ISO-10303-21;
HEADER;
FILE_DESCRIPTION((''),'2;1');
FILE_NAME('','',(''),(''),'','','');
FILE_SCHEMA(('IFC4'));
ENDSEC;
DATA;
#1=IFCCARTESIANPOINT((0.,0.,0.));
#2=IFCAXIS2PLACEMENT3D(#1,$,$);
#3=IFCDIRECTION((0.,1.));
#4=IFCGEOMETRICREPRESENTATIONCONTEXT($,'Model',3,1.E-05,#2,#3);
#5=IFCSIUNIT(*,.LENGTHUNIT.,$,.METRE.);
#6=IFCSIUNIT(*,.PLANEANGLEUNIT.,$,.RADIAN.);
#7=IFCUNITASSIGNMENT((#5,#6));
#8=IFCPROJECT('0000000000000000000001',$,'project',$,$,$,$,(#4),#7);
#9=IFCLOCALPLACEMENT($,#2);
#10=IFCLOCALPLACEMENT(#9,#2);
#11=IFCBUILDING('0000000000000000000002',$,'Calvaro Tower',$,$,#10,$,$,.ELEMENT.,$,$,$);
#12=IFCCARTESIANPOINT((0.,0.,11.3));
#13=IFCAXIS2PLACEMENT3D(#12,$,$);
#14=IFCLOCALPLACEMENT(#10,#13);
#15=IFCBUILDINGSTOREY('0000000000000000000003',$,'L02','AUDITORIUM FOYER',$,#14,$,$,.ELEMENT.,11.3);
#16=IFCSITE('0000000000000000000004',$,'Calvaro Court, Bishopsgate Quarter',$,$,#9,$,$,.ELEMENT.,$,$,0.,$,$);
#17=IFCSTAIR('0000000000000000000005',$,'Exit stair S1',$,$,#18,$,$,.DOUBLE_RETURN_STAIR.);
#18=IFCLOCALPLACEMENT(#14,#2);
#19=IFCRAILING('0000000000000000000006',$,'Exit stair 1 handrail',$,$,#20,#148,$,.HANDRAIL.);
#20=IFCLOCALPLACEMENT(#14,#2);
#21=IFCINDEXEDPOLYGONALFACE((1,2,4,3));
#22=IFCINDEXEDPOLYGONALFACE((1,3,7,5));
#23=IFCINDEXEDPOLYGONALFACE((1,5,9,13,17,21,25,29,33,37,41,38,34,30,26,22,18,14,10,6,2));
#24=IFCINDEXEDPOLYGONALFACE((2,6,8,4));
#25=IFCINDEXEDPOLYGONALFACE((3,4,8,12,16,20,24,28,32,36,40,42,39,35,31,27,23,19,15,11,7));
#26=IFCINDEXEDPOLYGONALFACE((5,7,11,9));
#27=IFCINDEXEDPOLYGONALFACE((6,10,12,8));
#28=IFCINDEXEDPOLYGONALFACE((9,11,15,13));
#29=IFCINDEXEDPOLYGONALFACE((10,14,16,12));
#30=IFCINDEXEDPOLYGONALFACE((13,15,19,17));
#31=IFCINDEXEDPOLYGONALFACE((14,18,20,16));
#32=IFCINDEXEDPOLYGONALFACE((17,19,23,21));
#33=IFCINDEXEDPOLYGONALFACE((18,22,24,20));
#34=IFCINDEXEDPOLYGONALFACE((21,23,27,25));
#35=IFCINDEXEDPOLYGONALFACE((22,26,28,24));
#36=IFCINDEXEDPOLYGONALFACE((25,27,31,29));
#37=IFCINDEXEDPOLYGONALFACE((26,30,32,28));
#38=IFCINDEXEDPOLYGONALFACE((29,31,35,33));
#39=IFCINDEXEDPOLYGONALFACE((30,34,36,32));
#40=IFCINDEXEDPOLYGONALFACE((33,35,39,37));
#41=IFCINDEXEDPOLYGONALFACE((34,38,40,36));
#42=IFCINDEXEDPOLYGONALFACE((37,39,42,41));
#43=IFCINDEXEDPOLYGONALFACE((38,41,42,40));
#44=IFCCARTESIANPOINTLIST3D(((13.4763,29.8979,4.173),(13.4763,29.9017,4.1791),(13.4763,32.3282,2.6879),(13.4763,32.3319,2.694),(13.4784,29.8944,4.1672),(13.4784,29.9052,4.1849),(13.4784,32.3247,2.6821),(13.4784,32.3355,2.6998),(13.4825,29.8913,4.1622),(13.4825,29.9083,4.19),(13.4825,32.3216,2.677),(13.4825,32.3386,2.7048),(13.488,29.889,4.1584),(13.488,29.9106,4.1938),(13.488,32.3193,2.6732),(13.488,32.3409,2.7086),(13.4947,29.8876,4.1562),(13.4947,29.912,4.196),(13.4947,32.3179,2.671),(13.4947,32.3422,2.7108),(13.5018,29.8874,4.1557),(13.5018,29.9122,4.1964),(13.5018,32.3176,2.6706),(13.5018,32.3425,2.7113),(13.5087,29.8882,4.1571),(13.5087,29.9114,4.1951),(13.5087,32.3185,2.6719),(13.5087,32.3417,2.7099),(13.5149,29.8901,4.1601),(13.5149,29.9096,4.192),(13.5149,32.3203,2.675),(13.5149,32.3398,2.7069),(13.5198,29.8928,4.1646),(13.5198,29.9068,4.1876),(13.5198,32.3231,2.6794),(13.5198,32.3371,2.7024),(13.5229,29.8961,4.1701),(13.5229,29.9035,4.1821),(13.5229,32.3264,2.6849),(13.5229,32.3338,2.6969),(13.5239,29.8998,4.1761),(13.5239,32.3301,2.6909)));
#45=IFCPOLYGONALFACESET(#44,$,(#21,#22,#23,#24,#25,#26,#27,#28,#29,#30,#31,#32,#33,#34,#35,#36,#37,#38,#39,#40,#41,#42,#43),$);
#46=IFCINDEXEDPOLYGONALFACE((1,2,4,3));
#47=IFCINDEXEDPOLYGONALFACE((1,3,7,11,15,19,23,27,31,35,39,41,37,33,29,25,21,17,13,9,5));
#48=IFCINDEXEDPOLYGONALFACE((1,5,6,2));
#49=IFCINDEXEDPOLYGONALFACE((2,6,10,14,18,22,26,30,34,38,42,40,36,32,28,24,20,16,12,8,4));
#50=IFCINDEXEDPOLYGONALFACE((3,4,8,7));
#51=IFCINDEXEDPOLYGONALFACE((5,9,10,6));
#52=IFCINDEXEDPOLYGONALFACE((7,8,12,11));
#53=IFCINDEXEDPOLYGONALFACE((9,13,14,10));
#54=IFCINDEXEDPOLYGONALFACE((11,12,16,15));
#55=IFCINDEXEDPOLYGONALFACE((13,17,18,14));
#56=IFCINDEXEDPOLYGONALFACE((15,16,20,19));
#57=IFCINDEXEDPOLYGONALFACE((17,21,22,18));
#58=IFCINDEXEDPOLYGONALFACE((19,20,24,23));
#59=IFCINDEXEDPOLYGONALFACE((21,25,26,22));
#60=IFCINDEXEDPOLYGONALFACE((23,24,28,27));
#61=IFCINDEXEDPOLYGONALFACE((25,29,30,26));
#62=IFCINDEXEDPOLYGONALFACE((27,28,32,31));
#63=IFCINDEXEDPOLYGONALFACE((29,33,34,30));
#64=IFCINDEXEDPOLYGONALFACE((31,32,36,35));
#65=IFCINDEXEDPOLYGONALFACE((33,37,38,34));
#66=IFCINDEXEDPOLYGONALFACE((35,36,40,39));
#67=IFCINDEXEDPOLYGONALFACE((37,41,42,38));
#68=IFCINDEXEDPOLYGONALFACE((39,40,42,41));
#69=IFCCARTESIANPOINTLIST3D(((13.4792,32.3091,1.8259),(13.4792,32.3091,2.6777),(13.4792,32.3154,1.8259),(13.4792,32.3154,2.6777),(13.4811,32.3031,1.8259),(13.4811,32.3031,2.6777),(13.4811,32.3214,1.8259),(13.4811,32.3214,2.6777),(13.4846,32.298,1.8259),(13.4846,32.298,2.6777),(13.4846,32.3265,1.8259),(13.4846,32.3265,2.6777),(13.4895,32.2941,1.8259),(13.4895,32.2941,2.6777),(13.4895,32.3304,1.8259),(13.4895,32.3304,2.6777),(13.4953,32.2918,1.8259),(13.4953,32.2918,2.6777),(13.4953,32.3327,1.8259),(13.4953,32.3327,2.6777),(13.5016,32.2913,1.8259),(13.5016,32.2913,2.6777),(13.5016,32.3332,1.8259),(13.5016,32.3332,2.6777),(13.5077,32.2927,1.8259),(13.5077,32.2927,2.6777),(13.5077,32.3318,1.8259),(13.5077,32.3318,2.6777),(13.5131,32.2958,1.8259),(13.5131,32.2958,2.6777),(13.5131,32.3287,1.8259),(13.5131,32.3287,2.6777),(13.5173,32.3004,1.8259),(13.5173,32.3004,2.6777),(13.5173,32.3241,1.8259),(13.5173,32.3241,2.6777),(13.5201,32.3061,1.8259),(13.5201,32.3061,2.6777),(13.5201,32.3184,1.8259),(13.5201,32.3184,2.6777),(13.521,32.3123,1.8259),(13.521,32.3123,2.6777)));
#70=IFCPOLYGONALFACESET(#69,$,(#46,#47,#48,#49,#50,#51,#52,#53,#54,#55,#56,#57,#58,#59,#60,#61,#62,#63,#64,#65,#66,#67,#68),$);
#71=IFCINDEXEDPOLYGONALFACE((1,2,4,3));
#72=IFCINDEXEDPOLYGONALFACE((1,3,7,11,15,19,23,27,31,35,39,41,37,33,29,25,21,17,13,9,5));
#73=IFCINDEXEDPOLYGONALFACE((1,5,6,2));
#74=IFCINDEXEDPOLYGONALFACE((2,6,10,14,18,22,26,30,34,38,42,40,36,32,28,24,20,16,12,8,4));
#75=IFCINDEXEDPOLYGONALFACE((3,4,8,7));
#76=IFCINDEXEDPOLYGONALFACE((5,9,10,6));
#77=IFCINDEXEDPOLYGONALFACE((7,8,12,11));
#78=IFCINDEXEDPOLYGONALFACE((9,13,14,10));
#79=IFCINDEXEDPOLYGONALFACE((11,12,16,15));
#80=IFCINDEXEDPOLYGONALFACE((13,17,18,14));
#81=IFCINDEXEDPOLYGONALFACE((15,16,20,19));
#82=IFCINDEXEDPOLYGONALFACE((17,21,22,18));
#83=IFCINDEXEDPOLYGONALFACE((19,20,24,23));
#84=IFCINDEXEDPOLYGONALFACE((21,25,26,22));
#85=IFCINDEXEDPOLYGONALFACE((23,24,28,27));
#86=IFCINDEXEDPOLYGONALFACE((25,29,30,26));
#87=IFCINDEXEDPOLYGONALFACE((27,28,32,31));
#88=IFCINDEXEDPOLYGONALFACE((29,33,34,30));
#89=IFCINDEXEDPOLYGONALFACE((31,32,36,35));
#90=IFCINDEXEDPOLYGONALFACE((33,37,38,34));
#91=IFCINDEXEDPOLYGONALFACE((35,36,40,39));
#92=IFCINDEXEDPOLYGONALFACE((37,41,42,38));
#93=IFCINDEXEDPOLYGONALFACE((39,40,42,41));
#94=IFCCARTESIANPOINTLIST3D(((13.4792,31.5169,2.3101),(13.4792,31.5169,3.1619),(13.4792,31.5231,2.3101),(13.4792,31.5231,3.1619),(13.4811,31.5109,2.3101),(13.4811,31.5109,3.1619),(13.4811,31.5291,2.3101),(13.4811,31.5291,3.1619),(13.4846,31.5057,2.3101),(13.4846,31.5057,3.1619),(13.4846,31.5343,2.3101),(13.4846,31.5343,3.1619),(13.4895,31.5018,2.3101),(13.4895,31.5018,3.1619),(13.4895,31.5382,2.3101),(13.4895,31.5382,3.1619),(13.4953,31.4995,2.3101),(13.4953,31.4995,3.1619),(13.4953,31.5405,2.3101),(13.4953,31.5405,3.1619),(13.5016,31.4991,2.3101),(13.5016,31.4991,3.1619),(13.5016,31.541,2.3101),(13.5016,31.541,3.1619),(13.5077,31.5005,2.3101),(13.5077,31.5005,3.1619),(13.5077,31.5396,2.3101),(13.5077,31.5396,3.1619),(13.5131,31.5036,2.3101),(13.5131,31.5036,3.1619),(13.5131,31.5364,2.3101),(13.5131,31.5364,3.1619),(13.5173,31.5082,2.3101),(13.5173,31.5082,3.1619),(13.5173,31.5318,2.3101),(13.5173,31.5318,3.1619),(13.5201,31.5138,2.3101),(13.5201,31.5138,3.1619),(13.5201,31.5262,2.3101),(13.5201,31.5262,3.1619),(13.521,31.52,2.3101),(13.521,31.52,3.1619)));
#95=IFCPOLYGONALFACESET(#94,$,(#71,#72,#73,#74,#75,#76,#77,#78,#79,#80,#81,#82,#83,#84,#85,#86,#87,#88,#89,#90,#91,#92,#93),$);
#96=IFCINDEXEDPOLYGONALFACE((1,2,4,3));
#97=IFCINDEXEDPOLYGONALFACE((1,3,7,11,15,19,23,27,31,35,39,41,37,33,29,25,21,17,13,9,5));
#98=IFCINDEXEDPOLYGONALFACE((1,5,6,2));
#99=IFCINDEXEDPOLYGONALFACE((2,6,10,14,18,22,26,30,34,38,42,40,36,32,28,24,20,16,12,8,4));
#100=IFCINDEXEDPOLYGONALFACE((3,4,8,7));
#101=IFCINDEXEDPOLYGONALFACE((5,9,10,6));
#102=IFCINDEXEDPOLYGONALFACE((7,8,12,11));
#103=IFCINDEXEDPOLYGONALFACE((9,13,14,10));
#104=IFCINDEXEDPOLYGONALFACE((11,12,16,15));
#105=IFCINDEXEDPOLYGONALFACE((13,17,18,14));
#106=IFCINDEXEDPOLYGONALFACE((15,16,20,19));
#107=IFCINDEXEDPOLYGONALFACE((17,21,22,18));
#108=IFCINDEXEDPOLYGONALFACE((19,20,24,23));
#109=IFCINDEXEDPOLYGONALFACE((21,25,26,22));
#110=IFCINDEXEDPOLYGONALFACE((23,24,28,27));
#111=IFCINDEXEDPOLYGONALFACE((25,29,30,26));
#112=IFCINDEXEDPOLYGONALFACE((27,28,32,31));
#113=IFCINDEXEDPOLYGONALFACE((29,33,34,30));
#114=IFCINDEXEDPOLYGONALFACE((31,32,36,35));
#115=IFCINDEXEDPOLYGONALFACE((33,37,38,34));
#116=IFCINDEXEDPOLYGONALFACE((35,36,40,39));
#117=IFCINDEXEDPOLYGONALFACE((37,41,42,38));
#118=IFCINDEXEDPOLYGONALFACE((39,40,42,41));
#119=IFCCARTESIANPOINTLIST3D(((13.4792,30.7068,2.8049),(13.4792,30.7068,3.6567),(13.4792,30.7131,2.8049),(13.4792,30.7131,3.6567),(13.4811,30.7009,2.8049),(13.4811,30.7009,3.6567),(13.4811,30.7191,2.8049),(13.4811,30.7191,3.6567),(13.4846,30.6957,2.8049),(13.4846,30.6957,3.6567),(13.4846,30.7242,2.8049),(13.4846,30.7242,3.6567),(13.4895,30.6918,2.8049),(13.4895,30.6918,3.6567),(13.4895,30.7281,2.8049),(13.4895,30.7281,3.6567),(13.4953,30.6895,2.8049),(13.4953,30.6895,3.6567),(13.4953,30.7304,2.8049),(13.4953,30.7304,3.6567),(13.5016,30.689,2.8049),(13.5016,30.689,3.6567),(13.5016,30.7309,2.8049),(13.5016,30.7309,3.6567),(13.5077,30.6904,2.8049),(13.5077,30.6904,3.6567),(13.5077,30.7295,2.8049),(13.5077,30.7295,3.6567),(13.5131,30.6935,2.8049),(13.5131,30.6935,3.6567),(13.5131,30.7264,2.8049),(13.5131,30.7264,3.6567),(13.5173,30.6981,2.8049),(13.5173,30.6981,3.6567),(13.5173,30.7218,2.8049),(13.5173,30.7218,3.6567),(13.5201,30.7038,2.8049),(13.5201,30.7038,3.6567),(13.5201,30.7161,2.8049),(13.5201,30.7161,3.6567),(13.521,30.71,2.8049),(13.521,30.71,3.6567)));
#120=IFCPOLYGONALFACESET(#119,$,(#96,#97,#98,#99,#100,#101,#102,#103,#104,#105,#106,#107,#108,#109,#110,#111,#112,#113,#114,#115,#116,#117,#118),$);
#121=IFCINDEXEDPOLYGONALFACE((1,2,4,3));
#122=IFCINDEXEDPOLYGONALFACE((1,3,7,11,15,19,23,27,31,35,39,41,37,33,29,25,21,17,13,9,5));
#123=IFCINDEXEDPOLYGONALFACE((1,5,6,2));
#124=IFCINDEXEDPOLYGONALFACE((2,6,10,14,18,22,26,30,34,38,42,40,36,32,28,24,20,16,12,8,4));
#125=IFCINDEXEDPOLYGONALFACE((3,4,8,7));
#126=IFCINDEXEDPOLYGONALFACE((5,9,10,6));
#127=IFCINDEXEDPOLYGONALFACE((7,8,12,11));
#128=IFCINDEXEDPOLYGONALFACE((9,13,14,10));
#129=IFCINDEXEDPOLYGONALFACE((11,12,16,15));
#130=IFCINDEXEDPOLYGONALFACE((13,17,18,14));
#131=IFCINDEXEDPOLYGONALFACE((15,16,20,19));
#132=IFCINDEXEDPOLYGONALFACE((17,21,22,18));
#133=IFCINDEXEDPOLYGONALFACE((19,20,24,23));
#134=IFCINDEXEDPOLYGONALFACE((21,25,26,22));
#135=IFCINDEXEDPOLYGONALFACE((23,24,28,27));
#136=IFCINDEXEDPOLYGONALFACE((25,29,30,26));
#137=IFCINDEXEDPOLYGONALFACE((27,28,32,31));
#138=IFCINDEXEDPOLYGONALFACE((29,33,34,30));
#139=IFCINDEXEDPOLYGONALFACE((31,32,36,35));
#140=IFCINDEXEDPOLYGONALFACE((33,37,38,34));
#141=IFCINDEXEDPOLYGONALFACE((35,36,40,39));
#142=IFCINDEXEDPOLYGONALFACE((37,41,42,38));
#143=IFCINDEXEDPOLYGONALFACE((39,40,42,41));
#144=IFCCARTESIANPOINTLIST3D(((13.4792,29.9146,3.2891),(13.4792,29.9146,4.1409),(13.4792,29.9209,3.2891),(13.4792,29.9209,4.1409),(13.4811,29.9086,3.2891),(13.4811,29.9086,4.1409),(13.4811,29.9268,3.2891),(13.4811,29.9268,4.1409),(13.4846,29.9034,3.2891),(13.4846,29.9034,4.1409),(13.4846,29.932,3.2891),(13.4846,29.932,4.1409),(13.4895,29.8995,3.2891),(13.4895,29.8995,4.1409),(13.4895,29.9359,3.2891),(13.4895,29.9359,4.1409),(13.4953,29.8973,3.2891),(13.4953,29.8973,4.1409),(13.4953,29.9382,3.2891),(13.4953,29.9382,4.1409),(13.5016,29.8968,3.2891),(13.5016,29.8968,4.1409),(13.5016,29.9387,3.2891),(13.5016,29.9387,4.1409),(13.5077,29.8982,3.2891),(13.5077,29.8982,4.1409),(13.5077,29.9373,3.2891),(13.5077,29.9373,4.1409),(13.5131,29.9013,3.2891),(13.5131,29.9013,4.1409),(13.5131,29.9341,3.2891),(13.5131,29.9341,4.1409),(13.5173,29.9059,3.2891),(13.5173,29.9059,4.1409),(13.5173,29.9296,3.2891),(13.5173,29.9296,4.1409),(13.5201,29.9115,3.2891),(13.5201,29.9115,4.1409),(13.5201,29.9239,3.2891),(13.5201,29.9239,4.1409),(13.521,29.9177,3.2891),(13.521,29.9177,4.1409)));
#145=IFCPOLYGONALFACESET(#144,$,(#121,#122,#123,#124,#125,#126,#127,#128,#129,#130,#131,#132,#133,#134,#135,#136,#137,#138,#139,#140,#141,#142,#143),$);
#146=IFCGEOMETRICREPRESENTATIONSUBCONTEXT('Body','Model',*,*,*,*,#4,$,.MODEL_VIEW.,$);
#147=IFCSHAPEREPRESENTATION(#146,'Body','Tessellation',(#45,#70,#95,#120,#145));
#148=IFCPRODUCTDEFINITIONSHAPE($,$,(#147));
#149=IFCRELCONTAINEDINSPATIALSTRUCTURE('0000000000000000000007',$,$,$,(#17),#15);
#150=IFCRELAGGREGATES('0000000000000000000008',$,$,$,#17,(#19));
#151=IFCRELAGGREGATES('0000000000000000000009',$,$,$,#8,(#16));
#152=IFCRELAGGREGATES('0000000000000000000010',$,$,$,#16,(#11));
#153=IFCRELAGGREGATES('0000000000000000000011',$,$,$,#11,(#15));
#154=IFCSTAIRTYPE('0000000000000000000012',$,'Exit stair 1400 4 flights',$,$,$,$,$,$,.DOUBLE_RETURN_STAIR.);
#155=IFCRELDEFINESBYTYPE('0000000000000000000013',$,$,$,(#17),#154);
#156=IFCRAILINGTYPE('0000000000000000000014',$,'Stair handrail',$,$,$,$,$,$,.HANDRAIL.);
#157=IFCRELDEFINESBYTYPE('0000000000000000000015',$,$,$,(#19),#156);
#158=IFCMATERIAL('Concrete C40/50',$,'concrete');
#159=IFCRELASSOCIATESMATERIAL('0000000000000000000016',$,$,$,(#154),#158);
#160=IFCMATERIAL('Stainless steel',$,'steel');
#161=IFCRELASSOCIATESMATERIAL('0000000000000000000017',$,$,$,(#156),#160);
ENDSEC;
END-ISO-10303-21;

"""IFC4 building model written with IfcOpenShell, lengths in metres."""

from ifc_helpers import new_model, si_unit, direction, frame, origin, origin_2d, place, context, subcontext, project, spatial, circle, extrude, material, type_object, element, aggregate, save


model = new_model("IFC4")

# Units and contexts
model_context = context("Model", 3, precision=1e-05, world=origin(), true_north=direction((0.0, 1.0)))
body_context = subcontext(model_context, "Body", "Model", "MODEL_VIEW")
ifc_project = project(units=[si_unit("LENGTHUNIT", "METRE"), si_unit("PLANEANGLEUNIT", "RADIAN")], contexts=[model_context])

# Site, building, storey
site_placement = place(None, origin())
site = spatial("IfcSite", under=ifc_project, at=site_placement, Name="Calvaro Court, Bishopsgate Quarter", CompositionType="ELEMENT", RefElevation=0.0)
building_placement = place(site_placement, origin())
building = spatial("IfcBuilding", under=site, at=building_placement, Name="Calvaro Tower", CompositionType="ELEMENT")
storey_placement = place(building_placement, frame((0.0, 0.0, 11.3)))
storey = spatial("IfcBuildingStorey", under=building, at=storey_placement, Name="L02", Description="AUDITORIUM FOYER", CompositionType="ELEMENT", Elevation=11.3)

# Stair, railing
ifc_material_1 = material(Name="Concrete C40/50", Category="concrete")
stair_type = type_object("IfcStairType", Name="Exit stair 1400 4 flights", PredefinedType="DOUBLE_RETURN_STAIR", material=ifc_material_1)
stair_placement = place(storey_placement, origin())
stair = element("IfcStair", 1, at=stair_placement, inside=storey, type_object=stair_type, Name="Exit stair S1", PredefinedType="DOUBLE_RETURN_STAIR")
ifc_material_2 = material(Name="Stainless steel", Category="steel")
railing_type = type_object("IfcRailingType", Name="Stair handrail", PredefinedType="HANDRAIL", material=ifc_material_2)
railing_1_placement = place(storey_placement, frame((13.5, 32.3301, 1.8149)))
railing_1 = element("IfcRailing", 2, at=railing_1_placement, type_object=railing_type, Name="Exit stair 1 handrail", PredefinedType="HANDRAIL", context=body_context, shape_type="SweptSolid", body=[
    extrude(circle(Radius=0.0239, at=origin_2d()), frame((0.0, 0.0, 0.876), z_axis=(0.0, -0.853282, 0.52145), x_axis=(1.0, 0.0, 0.0)), (0.0, 0.0, 1.0), 2.8481),
    extrude(circle(Radius=0.021, at=origin_2d()), frame((0.0, -0.0178, 0.011)), (0.0, 0.0, 1.0), 0.8518),
    extrude(circle(Radius=0.021, at=origin_2d()), frame((0.0, -0.8101, 0.4951)), (0.0, 0.0, 1.0), 0.8518),
    extrude(circle(Radius=0.021, at=origin_2d()), frame((0.0, -1.6201, 0.99)), (0.0, 0.0, 1.0), 0.8518),
    extrude(circle(Radius=0.021, at=origin_2d()), frame((0.0, -2.4124, 1.4741)), (0.0, 0.0, 1.0), 0.8518),
])
aggregate(stair, [railing_1])

save(model, "model.ifc")
